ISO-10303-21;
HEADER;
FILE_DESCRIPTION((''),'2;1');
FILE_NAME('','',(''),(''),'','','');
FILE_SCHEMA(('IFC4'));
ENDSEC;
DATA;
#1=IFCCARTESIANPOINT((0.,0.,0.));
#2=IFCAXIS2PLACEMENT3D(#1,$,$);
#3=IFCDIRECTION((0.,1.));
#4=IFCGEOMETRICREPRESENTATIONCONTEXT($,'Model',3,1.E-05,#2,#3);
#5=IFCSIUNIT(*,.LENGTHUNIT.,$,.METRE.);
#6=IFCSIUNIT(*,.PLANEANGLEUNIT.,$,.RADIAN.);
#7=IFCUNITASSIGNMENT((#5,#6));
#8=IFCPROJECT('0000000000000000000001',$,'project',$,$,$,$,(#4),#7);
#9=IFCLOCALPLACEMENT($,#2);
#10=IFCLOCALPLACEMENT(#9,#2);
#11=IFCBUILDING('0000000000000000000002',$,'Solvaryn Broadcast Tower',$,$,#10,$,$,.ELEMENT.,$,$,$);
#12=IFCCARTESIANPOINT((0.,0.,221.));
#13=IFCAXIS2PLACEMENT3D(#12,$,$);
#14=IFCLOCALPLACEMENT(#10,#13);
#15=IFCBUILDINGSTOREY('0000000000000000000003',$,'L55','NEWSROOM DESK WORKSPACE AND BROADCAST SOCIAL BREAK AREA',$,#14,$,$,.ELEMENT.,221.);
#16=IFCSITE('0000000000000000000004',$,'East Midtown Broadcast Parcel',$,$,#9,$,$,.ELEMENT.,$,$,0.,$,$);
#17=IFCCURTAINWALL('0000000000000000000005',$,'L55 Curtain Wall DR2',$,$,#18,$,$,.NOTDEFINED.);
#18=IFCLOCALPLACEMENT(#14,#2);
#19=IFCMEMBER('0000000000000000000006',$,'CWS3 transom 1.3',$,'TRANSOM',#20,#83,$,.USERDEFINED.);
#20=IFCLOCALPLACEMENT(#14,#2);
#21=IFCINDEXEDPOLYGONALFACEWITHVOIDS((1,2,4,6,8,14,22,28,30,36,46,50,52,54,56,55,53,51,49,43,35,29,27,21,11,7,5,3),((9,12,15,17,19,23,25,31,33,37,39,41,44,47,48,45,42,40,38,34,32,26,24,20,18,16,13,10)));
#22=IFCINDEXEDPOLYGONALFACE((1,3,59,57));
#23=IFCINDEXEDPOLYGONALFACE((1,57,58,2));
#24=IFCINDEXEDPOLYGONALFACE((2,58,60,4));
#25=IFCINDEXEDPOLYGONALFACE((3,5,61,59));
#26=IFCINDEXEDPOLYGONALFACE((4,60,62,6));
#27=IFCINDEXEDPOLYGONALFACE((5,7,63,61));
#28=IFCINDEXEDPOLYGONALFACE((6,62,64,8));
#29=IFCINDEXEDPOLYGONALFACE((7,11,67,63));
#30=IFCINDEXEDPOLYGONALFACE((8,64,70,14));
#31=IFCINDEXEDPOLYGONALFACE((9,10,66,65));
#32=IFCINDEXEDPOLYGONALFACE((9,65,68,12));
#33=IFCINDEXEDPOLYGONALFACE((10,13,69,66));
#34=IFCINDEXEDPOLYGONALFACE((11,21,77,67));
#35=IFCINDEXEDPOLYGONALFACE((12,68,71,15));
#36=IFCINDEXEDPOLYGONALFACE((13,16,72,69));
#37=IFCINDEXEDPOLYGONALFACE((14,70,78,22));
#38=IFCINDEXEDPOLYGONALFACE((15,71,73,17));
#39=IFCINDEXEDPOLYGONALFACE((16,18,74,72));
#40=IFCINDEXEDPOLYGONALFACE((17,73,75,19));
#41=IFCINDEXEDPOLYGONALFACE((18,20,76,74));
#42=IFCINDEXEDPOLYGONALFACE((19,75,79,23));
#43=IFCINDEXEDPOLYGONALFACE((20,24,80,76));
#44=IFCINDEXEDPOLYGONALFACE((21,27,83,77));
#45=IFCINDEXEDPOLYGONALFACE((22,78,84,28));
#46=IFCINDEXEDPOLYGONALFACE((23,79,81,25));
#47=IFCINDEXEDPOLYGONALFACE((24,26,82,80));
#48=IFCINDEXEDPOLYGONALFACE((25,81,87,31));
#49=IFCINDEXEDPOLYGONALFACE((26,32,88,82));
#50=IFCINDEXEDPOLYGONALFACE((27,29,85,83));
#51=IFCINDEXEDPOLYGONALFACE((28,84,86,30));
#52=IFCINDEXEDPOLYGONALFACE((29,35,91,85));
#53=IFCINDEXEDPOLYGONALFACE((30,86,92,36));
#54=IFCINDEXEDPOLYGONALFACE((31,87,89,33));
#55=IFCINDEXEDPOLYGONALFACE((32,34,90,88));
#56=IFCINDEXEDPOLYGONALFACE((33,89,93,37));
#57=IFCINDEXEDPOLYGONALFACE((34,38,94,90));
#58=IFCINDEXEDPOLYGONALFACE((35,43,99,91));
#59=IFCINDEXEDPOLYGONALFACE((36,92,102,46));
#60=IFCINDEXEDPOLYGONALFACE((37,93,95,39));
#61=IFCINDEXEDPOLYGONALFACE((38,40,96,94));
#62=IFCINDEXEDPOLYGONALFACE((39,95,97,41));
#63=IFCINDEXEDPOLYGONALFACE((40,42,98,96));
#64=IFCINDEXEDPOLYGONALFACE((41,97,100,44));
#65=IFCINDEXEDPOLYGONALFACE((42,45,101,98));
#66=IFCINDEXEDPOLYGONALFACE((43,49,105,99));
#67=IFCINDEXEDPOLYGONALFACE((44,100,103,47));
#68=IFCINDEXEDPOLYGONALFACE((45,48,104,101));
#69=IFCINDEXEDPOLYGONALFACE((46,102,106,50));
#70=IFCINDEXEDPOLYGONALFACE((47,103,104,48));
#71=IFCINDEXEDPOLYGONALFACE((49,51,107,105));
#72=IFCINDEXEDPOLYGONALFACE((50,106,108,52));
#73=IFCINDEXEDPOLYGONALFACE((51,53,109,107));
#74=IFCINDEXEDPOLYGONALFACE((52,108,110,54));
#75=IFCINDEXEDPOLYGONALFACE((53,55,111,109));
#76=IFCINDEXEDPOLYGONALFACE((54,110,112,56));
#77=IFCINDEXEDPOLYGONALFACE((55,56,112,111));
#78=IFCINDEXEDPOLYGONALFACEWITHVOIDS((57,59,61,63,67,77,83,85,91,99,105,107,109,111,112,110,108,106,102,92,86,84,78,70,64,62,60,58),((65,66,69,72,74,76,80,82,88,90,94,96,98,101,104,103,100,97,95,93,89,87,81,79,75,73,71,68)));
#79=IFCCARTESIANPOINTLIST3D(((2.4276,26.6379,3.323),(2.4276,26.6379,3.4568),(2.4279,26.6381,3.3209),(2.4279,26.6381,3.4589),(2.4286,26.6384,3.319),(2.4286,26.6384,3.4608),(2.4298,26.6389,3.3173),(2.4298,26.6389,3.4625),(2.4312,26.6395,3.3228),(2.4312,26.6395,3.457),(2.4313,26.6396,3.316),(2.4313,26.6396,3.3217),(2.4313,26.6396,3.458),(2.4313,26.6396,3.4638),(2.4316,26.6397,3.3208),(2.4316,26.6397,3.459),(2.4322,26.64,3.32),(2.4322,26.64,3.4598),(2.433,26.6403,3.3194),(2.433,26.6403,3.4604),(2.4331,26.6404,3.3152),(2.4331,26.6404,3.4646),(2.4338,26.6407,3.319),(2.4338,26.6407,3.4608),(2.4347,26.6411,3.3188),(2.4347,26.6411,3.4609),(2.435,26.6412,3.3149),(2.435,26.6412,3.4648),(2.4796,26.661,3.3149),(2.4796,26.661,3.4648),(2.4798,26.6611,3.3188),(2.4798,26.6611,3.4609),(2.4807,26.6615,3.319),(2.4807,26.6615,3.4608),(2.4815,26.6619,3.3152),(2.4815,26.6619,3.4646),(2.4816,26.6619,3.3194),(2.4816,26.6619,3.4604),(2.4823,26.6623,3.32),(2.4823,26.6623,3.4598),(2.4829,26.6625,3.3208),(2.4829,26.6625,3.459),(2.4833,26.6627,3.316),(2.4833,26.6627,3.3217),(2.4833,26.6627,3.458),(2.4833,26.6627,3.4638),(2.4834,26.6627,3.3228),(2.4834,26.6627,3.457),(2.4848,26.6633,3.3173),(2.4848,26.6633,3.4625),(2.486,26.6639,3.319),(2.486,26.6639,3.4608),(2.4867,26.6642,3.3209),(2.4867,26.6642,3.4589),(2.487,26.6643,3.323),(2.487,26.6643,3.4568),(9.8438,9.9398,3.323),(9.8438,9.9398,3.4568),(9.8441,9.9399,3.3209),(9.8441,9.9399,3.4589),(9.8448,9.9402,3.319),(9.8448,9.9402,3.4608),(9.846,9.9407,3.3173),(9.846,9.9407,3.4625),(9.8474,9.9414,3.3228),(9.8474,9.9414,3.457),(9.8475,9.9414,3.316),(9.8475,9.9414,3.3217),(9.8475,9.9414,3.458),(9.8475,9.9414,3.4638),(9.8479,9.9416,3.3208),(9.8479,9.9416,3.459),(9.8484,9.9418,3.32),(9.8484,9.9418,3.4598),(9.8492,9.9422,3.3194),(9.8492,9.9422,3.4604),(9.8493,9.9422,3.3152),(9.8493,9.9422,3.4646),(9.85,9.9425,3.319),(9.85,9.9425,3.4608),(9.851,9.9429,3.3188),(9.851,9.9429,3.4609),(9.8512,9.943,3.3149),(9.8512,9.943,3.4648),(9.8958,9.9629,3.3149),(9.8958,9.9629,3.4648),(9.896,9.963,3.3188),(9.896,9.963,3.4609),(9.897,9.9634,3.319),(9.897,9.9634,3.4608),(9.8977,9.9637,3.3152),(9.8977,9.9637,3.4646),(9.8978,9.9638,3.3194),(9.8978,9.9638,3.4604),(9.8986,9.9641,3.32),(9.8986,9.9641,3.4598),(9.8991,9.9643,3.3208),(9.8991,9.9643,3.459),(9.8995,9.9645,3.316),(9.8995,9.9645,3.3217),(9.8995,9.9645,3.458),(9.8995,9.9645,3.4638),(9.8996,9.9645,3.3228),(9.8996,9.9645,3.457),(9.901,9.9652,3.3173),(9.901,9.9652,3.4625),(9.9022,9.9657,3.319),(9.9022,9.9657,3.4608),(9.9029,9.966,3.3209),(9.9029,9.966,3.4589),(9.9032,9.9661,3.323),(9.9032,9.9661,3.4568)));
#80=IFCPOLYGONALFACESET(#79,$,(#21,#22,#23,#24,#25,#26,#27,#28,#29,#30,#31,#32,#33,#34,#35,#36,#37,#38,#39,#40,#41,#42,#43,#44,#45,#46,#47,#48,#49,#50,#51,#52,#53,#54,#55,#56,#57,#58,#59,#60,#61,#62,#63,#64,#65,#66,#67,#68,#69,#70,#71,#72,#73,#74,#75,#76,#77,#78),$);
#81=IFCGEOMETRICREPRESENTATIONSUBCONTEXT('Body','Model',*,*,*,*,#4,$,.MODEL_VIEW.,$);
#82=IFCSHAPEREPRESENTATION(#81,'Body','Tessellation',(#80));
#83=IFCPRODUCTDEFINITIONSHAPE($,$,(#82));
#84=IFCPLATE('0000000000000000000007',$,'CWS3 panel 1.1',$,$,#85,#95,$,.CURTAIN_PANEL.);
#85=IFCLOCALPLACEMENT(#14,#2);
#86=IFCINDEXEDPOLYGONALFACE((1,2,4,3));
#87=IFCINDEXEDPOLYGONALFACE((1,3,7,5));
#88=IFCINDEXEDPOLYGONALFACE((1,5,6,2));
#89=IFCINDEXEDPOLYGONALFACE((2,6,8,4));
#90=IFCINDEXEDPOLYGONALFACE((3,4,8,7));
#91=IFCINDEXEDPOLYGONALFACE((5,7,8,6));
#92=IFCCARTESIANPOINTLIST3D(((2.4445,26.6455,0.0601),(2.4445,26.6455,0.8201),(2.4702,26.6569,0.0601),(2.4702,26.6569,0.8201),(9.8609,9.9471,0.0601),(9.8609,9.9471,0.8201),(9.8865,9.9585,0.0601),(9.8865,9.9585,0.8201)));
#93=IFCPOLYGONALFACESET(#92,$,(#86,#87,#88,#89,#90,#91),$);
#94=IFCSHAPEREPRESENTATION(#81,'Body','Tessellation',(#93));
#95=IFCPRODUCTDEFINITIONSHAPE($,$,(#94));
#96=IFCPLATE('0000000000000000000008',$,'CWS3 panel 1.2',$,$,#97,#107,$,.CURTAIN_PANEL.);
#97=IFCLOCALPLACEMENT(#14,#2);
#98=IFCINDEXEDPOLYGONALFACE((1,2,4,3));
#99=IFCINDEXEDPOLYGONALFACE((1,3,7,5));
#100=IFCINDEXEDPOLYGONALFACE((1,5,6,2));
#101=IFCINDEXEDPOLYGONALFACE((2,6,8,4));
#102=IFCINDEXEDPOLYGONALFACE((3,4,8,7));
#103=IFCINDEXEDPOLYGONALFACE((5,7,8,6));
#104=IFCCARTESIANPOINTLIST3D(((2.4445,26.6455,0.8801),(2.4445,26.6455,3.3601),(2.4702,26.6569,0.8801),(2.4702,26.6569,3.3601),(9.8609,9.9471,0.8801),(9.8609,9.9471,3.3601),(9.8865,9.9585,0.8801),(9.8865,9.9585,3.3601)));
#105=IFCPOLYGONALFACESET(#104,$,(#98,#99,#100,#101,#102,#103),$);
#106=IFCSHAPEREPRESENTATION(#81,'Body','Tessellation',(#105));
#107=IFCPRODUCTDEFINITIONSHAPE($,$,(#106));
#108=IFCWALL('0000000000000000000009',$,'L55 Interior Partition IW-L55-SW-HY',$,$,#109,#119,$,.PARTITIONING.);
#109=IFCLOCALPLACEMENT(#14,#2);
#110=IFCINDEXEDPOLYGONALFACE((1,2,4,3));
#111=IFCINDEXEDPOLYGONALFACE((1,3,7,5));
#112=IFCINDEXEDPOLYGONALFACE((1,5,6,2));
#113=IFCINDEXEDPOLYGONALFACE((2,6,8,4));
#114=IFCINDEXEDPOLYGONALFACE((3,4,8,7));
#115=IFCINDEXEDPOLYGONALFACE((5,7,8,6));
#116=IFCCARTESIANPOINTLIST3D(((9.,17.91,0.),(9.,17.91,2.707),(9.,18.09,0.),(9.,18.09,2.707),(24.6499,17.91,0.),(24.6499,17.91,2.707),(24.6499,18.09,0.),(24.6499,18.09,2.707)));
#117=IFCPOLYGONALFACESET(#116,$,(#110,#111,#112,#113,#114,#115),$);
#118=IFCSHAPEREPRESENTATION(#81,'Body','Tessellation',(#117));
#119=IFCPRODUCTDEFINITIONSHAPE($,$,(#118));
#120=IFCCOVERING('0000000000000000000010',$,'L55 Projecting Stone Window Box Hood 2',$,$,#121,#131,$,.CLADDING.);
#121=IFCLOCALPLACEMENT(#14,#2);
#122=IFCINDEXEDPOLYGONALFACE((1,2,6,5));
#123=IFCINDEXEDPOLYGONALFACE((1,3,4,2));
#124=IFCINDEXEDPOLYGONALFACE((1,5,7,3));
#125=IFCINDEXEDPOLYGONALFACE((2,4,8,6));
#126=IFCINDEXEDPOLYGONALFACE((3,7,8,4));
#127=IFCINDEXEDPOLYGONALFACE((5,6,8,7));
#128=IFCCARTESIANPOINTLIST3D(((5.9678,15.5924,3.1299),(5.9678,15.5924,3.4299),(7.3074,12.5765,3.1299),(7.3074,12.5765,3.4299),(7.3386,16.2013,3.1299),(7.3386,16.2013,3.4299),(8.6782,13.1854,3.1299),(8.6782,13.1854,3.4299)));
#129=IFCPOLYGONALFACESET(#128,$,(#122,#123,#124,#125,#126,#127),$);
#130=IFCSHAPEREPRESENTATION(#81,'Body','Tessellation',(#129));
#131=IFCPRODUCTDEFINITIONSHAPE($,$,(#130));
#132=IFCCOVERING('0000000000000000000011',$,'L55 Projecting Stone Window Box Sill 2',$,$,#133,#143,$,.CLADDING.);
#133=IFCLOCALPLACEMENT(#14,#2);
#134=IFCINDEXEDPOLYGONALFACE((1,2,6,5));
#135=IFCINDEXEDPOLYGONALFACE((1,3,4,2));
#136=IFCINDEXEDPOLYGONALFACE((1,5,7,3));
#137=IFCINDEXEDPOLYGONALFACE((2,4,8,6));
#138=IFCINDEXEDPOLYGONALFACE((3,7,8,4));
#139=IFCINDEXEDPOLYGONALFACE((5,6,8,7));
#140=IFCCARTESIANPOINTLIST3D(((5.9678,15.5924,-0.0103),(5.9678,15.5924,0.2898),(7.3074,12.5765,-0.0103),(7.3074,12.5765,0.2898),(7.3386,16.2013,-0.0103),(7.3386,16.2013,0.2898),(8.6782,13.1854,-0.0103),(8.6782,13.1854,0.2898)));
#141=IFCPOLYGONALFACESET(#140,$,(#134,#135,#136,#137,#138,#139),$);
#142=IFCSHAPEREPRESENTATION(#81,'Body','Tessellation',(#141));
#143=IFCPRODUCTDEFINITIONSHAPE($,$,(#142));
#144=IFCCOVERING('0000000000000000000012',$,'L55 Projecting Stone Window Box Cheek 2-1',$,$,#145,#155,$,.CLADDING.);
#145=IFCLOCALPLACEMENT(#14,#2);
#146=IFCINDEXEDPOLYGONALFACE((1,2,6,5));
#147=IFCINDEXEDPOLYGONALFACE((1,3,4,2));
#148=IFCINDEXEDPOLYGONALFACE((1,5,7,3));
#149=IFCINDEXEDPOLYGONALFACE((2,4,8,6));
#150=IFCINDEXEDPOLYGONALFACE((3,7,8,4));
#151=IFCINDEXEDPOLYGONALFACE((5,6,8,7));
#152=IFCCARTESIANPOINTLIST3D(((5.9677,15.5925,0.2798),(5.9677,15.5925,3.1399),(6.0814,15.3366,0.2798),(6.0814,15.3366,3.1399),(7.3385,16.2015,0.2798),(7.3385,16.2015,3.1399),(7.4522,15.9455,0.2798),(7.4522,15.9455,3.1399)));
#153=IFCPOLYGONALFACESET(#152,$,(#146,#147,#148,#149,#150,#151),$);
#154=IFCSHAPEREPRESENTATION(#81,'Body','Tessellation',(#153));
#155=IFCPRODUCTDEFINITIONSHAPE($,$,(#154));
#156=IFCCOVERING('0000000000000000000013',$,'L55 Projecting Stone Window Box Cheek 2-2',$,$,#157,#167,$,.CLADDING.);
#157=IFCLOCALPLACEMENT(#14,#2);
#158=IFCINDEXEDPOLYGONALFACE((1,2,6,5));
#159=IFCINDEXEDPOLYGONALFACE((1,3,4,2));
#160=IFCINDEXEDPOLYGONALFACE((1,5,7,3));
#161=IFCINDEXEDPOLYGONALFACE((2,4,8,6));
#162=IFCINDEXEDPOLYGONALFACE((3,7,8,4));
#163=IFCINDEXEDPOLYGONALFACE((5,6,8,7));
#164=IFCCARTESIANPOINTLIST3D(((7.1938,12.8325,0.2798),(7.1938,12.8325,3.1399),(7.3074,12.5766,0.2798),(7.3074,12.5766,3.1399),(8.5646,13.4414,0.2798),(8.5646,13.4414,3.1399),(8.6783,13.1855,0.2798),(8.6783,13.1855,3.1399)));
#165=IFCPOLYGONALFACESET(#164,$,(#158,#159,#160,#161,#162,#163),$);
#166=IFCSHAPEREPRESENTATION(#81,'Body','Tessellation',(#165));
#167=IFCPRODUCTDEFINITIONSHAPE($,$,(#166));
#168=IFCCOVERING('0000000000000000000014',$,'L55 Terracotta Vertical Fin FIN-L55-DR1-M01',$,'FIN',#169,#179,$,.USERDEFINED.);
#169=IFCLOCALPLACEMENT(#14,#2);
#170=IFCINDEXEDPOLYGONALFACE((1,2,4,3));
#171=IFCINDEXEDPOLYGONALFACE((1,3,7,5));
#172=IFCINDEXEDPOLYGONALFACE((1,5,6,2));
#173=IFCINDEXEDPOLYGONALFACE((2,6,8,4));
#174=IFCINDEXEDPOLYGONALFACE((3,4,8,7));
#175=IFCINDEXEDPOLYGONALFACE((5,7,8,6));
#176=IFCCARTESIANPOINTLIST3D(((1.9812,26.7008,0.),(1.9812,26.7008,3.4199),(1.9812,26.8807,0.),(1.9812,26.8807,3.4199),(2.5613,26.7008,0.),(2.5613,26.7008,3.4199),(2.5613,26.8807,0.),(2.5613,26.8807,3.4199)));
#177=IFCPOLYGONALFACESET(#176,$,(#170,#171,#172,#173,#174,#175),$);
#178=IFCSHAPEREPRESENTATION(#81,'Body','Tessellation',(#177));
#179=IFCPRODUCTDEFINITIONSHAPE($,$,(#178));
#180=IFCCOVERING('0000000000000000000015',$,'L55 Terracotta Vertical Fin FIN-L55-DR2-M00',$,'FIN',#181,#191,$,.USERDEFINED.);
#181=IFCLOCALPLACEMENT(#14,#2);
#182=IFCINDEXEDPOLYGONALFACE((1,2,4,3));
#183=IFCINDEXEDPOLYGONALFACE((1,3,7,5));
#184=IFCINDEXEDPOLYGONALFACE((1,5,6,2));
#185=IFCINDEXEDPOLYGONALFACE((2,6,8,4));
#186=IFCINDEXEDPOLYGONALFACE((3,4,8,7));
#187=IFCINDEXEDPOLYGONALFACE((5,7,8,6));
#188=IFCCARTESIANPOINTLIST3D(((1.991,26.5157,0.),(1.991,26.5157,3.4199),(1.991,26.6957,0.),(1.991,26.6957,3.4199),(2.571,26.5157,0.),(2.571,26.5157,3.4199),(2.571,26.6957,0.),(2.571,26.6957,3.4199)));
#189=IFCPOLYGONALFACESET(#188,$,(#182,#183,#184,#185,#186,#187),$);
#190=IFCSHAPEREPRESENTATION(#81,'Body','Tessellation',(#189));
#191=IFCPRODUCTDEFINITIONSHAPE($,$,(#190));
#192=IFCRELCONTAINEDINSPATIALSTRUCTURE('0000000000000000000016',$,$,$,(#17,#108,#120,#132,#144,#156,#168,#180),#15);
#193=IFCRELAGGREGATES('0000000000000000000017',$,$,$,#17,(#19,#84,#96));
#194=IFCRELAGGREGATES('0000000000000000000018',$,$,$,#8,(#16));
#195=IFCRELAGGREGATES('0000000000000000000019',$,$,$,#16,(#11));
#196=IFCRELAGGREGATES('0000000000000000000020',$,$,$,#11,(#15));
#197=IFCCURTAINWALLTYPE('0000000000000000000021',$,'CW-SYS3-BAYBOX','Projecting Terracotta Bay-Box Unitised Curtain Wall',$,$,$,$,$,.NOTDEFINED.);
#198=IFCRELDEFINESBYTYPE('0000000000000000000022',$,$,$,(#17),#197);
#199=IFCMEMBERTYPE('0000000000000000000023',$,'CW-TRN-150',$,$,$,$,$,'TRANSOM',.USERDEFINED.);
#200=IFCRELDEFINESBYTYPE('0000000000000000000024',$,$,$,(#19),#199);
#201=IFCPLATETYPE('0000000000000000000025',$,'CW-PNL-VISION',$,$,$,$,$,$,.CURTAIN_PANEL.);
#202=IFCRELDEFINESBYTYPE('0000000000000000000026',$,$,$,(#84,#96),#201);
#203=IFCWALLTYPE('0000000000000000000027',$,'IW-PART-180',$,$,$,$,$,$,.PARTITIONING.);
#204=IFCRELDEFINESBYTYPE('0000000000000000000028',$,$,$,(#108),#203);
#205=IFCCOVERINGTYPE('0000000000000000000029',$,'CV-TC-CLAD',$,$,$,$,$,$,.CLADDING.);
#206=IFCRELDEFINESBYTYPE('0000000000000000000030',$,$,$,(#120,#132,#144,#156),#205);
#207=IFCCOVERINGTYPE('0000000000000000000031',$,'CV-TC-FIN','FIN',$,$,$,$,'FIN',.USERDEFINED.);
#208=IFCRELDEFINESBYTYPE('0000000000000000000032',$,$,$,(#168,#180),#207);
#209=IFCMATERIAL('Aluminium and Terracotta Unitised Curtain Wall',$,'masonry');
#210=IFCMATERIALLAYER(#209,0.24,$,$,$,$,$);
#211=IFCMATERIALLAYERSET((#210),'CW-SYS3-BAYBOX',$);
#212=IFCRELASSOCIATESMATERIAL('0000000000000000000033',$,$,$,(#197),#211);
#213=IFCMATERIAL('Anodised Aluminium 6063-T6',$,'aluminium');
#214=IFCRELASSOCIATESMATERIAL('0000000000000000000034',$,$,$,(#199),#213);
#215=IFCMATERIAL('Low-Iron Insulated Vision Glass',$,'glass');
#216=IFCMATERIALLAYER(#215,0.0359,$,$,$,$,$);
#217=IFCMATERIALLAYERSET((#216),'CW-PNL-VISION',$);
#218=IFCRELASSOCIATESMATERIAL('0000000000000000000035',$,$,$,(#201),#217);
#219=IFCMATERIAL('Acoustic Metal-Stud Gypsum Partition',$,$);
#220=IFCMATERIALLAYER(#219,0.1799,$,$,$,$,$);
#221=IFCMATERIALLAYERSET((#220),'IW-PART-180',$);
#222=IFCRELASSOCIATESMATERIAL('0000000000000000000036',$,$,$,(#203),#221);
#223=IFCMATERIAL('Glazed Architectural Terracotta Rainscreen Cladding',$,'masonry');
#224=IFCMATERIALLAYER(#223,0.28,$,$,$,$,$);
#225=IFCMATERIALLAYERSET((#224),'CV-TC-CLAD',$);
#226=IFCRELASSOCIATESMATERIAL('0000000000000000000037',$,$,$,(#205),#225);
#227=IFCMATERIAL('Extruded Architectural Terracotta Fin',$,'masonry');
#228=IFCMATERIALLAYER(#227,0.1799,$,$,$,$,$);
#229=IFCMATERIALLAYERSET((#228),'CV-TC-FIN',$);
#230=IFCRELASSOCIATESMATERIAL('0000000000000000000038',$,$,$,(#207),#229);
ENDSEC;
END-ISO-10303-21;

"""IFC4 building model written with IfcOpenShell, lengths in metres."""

from ifc_helpers import new_model, si_unit, direction, frame, frame_2d, origin, origin_2d, place, context, subcontext, project, spatial, rectangle, hollow_rectangle, extrude, material, layer, layer_set, material_profile, profile_set, type_object, element, aggregate, save


model = new_model("IFC4")

# Units and contexts
model_context = context("Model", 3, precision=1e-05, world=origin(), true_north=direction((0.0, 1.0)))
body_context = subcontext(model_context, "Body", "Model", "MODEL_VIEW")
ifc_project = project(units=[si_unit("LENGTHUNIT", "METRE"), si_unit("PLANEANGLEUNIT", "RADIAN")], contexts=[model_context])

# Site, building, storey
site_placement = place(None, origin())
site = spatial("IfcSite", under=ifc_project, at=site_placement, Name="East Midtown Broadcast Parcel", CompositionType="ELEMENT", RefElevation=0.0)
building_placement = place(site_placement, origin())
building = spatial("IfcBuilding", under=site, at=building_placement, Name="Solvaryn Broadcast Tower", CompositionType="ELEMENT")
storey_placement = place(building_placement, frame((0.0, 0.0, 221.0)))
storey = spatial("IfcBuildingStorey", under=building, at=storey_placement, Name="L55", Description="NEWSROOM DESK WORKSPACE AND BROADCAST SOCIAL BREAK AREA", CompositionType="ELEMENT", Elevation=221.0)

# Curtain wall, member, plates
ifc_material_1 = material(Name="Aluminium and Terracotta Unitised Curtain Wall", Category="masonry")
ifc_layer_1 = layer(ifc_material_1, 0.24)
ifc_layer_set_1 = layer_set([ifc_layer_1], Name="CW-SYS3-BAYBOX")
curtain_wall_type_1 = type_object("IfcCurtainWallType", Name="CW-SYS3-BAYBOX", Description="Projecting Terracotta Bay-Box Unitised Curtain Wall", PredefinedType="NOTDEFINED", material=ifc_layer_set_1)
curtain_wall_1_placement = place(storey_placement, origin())
curtain_wall_1 = element("IfcCurtainWall", 1, at=curtain_wall_1_placement, inside=storey, type_object=curtain_wall_type_1, Name="L55 Curtain Wall DR2", PredefinedType="NOTDEFINED")
ifc_material_2 = material(Name="Anodised Aluminium 6063-T6", Category="aluminium")
ifc_material_profile_1 = material_profile(ifc_material_2, hollow_rectangle(XDim=0.0649, YDim=0.1499, WallThickness=0.0039, InnerFilletRadius=0.0039, OuterFilletRadius=0.0081, at=origin_2d()))
ifc_profile_set_1 = profile_set([ifc_material_profile_1], Name="Anodised Aluminium 6063-T6")
member_type_1 = type_object("IfcMemberType", Name="CW-TRN-150", ElementType="TRANSOM", PredefinedType="USERDEFINED", material=ifc_profile_set_1)
member_1_placement = place(storey_placement, frame((2.4573, 26.6511, 3.3899), z_axis=(0.405902, -0.913917, 0.0), x_axis=(0.913917, 0.405902, 0.0)))
member_1 = element("IfcMember", 2, at=member_1_placement, type_object=member_type_1, Name="CWS3 transom 1.3", ObjectType="TRANSOM", PredefinedType="USERDEFINED", context=body_context, shape_type="SweptSolid", body=[
    extrude(hollow_rectangle(XDim=0.0649, YDim=0.1499, WallThickness=0.0039, InnerFilletRadius=0.0039, OuterFilletRadius=0.0081, at=origin_2d()), origin(), (0.0, 0.0, 1.0), 18.271),
])
ifc_material_3 = material(Name="Low-Iron Insulated Vision Glass", Category="glass")
ifc_layer_2 = layer(ifc_material_3, 0.0359)
ifc_layer_set_2 = layer_set([ifc_layer_2], Name="CW-PNL-VISION")
plate_type = type_object("IfcPlateType", Name="CW-PNL-VISION", PredefinedType="CURTAIN_PANEL", material=ifc_layer_set_2)
plate_1_placement = place(storey_placement, frame((6.1655, 18.302, 0.0601), z_axis=(0.0, 0.0, 1.0), x_axis=(0.405901, -0.913917, 0.0)))
plate_1 = element("IfcPlate", 3, at=plate_1_placement, type_object=plate_type, Name="CWS3 panel 1.1", PredefinedType="CURTAIN_PANEL", context=body_context, shape_type="SweptSolid", body=[
    extrude(rectangle(XDim=18.2712, YDim=0.0281, at=origin_2d()), origin(), (0.0, 0.0, 1.0), 0.76),
])
plate_2_placement = place(storey_placement, frame((6.1655, 18.302, 0.8801), z_axis=(0.0, 0.0, 1.0), x_axis=(0.405901, -0.913917, 0.0)))
plate_2 = element("IfcPlate", 4, at=plate_2_placement, type_object=plate_type, Name="CWS3 panel 1.2", PredefinedType="CURTAIN_PANEL", context=body_context, shape_type="SweptSolid", body=[
    extrude(rectangle(XDim=18.2712, YDim=0.0281, at=origin_2d()), origin(), (0.0, 0.0, 1.0), 2.48),
])
aggregate(curtain_wall_1, [member_1, plate_1, plate_2])

# Wall
ifc_material_4 = material(Name="Acoustic Metal-Stud Gypsum Partition")
ifc_layer_3 = layer(ifc_material_4, 0.1799)
ifc_layer_set_3 = layer_set([ifc_layer_3], Name="IW-PART-180")
wall_type = type_object("IfcWallType", Name="IW-PART-180", PredefinedType="PARTITIONING", material=ifc_layer_set_3)
wall_placement = place(storey_placement, frame((9.0, 18.0, 0.0), z_axis=(0.0, 0.0, 1.0), x_axis=(1.0, 0.0, 0.0)))
element("IfcWall", 5, at=wall_placement, inside=storey, type_object=wall_type, Name="L55 Interior Partition IW-L55-SW-HY", PredefinedType="PARTITIONING", context=body_context, shape_type="SweptSolid", body=[
    extrude(rectangle(XDim=15.6499, YDim=0.1799, at=frame_2d((7.825, 0.0))), origin(), (0.0, 0.0, 1.0), 2.707),
])

# Coverings
ifc_material_5 = material(Name="Glazed Architectural Terracotta Rainscreen Cladding", Category="masonry")
ifc_layer_4 = layer(ifc_material_5, 0.28)
ifc_layer_set_4 = layer_set([ifc_layer_4], Name="CV-TC-CLAD")
covering_type_1 = type_object("IfcCoveringType", Name="CV-TC-CLAD", PredefinedType="CLADDING", material=ifc_layer_set_4)
for number, where, z_axis, x_axis, name in (
    (6, (7.323, 14.3889, 3.1299), (0.0, 0.0, 1.0), (0.405939, -0.9139, 0.0), "L55 Projecting Stone Window Box Hood 2"),
    (7, (7.323, 14.3889, -0.0103), (0.0, 0.0, 1.0), (0.405939, -0.9139, 0.0), "L55 Projecting Stone Window Box Sill 2"),
):
    element("IfcCovering", number, at=place(storey_placement, frame(where, z_axis=z_axis, x_axis=x_axis)), inside=storey, type_object=covering_type_1, Name=name, PredefinedType="CLADDING", context=body_context, shape_type="SweptSolid", body=[
        extrude(rectangle(XDim=3.3, YDim=1.5, at=origin_2d()), origin(), (0.0, 0.0, 1.0), 0.3),
    ])
for number, where, z_axis, x_axis, name in (
    (8, (6.71, 15.769, 0.2798), (0.0, 0.0, 1.0), (0.405939, -0.9139, 0.0), "L55 Projecting Stone Window Box Cheek 2-1"),
    (9, (7.936, 13.009, 0.2798), (0.0, 0.0, 1.0), (0.405939, -0.9139, 0.0), "L55 Projecting Stone Window Box Cheek 2-2"),
):
    element("IfcCovering", number, at=place(storey_placement, frame(where, z_axis=z_axis, x_axis=x_axis)), inside=storey, type_object=covering_type_1, Name=name, PredefinedType="CLADDING", context=body_context, shape_type="SweptSolid", body=[
        extrude(rectangle(XDim=0.28, YDim=1.5, at=origin_2d()), origin(), (0.0, 0.0, 1.0), 2.8601),
    ])
ifc_material_6 = material(Name="Extruded Architectural Terracotta Fin", Category="masonry")
ifc_layer_5 = layer(ifc_material_6, 0.1799)
ifc_layer_set_5 = layer_set([ifc_layer_5], Name="CV-TC-FIN")
covering_type_2 = type_object("IfcCoveringType", Name="CV-TC-FIN", Description="FIN", ElementType="FIN", PredefinedType="USERDEFINED", material=ifc_layer_set_5)
for number, where, z_axis, x_axis, name in (
    (10, (2.2712, 26.7908, 0.0), (0.0, 0.0, 1.0), (1.0, 0.0, 0.0), "L55 Terracotta Vertical Fin FIN-L55-DR1-M01"),
    (11, (2.281, 26.6057, 0.0), (0.0, 0.0, 1.0), (1.0, 0.0, 0.0), "L55 Terracotta Vertical Fin FIN-L55-DR2-M00"),
):
    element("IfcCovering", number, at=place(storey_placement, frame(where, z_axis=z_axis, x_axis=x_axis)), inside=storey, type_object=covering_type_2, Name=name, ObjectType="FIN", PredefinedType="USERDEFINED", context=body_context, shape_type="SweptSolid", body=[
        extrude(rectangle(XDim=0.5801, YDim=0.1799, at=origin_2d()), origin(), (0.0, 0.0, 1.0), 3.4199),
    ])

save(model, "model.ifc")
